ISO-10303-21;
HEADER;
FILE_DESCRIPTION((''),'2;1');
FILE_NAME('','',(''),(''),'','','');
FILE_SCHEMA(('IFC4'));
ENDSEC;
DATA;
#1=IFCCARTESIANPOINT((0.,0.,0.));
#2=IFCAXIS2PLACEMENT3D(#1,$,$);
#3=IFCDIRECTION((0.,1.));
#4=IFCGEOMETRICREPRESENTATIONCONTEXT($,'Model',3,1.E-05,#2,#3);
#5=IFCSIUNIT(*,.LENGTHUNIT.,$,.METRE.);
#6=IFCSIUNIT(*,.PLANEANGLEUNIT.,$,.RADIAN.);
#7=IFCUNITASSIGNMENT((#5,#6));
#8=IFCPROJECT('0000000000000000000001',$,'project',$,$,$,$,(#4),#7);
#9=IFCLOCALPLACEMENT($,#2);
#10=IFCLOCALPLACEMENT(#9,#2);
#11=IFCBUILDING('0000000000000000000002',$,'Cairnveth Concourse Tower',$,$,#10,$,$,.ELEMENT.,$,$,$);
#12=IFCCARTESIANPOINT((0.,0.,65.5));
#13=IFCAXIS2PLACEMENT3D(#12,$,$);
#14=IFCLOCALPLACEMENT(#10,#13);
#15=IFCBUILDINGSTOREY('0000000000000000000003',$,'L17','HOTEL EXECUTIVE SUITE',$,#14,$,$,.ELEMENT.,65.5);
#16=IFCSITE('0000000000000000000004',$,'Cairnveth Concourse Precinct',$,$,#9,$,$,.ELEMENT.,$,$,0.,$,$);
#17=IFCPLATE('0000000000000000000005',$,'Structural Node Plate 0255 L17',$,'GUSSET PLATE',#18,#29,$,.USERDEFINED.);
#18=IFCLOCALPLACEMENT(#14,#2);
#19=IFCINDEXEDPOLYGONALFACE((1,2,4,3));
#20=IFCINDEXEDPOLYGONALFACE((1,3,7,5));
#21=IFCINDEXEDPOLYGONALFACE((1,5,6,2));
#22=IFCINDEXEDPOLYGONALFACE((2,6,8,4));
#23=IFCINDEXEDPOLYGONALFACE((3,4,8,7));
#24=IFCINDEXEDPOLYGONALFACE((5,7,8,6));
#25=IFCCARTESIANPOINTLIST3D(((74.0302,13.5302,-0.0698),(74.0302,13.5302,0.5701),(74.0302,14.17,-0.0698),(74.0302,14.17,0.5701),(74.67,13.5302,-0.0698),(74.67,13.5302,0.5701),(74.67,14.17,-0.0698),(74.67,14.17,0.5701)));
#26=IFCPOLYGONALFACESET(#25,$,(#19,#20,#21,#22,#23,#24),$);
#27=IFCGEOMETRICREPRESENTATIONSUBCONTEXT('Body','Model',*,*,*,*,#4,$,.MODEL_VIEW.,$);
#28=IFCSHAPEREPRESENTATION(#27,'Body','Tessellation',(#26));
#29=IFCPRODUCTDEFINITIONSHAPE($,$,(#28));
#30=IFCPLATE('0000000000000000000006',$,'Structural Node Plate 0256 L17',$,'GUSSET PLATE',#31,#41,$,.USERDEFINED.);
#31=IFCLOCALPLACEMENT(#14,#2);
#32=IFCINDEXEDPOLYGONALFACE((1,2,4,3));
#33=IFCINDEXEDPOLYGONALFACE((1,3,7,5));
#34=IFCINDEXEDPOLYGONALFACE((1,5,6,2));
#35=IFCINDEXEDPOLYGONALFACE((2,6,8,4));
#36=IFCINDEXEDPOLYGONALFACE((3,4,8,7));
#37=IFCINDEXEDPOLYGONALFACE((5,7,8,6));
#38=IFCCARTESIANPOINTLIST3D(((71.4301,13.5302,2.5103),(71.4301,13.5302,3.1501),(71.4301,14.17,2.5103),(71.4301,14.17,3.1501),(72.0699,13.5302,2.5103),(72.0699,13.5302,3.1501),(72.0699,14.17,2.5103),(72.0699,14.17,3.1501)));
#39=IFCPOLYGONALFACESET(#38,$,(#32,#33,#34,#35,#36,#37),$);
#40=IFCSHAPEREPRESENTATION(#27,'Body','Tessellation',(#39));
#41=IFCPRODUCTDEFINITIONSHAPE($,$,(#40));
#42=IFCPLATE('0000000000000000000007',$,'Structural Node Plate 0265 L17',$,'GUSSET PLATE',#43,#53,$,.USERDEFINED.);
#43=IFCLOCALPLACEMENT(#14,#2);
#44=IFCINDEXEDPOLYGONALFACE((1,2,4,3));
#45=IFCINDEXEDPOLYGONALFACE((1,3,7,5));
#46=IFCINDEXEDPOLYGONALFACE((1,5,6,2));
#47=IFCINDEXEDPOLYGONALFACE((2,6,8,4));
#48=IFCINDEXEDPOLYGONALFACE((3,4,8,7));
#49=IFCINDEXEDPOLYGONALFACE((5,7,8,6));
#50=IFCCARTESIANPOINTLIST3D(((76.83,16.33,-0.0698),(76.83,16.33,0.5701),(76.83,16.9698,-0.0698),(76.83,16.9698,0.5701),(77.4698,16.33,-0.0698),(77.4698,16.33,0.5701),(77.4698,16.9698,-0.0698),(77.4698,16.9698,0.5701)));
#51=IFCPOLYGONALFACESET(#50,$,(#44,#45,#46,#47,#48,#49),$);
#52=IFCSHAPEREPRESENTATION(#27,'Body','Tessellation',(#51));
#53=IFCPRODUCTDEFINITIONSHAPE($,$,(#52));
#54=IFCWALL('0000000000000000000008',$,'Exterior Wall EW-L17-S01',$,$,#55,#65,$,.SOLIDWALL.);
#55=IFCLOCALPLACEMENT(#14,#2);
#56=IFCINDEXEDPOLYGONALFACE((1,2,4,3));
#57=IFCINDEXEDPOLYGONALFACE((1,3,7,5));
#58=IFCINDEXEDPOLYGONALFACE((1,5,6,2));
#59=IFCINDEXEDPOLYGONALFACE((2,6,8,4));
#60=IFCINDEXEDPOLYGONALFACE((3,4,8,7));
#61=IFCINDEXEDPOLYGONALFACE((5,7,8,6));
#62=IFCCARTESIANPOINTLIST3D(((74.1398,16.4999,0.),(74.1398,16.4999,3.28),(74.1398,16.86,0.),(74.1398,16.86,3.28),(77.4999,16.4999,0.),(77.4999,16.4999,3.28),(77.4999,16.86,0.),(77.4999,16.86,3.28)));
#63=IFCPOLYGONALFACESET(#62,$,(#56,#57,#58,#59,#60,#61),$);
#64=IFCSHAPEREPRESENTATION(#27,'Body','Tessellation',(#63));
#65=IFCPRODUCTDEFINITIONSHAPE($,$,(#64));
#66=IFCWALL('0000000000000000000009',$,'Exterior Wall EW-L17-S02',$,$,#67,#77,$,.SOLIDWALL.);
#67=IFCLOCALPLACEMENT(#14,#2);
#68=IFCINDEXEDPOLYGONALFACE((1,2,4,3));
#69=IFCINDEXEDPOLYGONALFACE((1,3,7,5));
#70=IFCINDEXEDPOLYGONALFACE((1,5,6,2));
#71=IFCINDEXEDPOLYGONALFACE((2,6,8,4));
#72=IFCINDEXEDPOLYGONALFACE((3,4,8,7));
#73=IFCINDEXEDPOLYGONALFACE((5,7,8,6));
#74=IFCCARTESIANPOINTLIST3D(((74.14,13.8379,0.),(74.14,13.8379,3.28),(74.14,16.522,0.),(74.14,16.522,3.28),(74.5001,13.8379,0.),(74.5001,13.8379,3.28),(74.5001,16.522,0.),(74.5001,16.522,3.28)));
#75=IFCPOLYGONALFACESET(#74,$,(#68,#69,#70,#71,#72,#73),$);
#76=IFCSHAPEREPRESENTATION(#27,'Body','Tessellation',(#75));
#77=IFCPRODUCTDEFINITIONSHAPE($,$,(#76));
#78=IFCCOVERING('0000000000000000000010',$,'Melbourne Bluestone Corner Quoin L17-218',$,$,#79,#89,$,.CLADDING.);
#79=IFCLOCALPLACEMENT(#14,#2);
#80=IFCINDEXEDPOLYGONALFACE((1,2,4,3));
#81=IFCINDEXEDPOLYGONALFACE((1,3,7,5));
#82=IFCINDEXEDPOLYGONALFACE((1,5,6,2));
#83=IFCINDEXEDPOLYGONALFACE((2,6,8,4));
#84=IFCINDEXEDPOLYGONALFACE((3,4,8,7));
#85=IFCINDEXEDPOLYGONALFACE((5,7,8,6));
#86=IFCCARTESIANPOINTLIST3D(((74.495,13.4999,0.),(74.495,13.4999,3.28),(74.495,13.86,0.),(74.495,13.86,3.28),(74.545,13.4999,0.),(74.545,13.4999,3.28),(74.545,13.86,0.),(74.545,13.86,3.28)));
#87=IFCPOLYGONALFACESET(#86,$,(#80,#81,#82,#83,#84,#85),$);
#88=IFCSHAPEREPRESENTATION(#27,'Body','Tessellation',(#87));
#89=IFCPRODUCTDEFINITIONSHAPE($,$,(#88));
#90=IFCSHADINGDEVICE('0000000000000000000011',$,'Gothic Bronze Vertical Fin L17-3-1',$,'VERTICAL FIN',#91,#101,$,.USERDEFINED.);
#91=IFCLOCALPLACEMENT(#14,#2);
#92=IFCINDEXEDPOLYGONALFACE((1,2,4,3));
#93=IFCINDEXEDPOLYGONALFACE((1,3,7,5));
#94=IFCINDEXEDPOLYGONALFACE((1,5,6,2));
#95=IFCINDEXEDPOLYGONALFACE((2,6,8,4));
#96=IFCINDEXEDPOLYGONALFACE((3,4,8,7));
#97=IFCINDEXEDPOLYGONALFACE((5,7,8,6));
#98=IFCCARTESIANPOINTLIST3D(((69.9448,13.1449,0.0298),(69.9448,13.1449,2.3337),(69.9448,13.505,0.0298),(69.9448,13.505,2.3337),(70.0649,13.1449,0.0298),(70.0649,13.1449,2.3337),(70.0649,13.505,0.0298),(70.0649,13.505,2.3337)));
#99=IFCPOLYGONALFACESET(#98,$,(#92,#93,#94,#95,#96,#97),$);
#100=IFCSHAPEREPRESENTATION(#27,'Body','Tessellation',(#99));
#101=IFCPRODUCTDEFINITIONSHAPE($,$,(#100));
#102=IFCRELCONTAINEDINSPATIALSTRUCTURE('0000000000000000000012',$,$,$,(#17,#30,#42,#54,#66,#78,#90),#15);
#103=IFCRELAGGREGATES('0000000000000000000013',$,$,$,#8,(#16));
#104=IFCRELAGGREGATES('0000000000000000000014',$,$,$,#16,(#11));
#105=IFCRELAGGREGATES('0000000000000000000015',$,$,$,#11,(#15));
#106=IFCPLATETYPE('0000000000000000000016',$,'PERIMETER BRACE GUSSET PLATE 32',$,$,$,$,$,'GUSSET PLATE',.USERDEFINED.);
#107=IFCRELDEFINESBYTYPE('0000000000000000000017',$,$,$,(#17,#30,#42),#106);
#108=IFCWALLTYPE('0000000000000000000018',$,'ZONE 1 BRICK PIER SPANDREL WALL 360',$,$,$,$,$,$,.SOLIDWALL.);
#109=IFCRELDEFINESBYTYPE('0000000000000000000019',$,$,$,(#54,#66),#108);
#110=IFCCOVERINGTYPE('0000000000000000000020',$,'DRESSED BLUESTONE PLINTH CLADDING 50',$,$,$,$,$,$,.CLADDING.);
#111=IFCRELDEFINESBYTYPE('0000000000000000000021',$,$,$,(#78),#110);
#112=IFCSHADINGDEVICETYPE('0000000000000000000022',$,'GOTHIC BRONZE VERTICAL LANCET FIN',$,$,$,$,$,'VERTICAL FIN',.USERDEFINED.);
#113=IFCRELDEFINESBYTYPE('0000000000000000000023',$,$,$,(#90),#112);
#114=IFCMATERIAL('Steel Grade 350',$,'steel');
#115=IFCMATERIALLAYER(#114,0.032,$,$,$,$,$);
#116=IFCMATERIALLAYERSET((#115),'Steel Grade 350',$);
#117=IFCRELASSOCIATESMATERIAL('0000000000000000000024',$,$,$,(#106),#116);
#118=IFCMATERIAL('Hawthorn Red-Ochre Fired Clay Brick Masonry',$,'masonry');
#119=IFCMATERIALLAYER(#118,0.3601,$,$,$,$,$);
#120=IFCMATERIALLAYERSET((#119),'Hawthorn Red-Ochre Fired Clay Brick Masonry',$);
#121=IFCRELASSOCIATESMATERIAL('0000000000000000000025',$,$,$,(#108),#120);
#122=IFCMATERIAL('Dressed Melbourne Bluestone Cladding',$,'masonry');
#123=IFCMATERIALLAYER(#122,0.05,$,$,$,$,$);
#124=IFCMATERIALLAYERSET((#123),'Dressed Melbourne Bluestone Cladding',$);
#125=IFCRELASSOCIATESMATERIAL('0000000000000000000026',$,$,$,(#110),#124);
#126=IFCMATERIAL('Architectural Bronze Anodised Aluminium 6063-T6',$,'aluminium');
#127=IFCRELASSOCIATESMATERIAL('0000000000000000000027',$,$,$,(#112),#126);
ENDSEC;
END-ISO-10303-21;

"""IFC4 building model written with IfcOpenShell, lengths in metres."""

from ifc_helpers import new_model, si_unit, direction, frame, frame_2d, origin, origin_2d, place, context, subcontext, project, spatial, rectangle, extrude, material, layer, layer_set, type_object, element, save


model = new_model("IFC4")

# Units and contexts
model_context = context("Model", 3, precision=1e-05, world=origin(), true_north=direction((0.0, 1.0)))
body_context = subcontext(model_context, "Body", "Model", "MODEL_VIEW")
ifc_project = project(units=[si_unit("LENGTHUNIT", "METRE"), si_unit("PLANEANGLEUNIT", "RADIAN")], contexts=[model_context])

# Site, building, storey
site_placement = place(None, origin())
site = spatial("IfcSite", under=ifc_project, at=site_placement, Name="Cairnveth Concourse Precinct", CompositionType="ELEMENT", RefElevation=0.0)
building_placement = place(site_placement, origin())
building = spatial("IfcBuilding", under=site, at=building_placement, Name="Cairnveth Concourse Tower", CompositionType="ELEMENT")
storey_placement = place(building_placement, frame((0.0, 0.0, 65.5)))
storey = spatial("IfcBuildingStorey", under=building, at=storey_placement, Name="L17", Description="HOTEL EXECUTIVE SUITE", CompositionType="ELEMENT", Elevation=65.5)

# Shared definitions
ifc_material_1 = material(Name="Steel Grade 350", Category="steel")

# Plates
ifc_layer_1 = layer(ifc_material_1, 0.032)
ifc_layer_set_1 = layer_set([ifc_layer_1], Name="Steel Grade 350")
plate_type = type_object("IfcPlateType", Name="PERIMETER BRACE GUSSET PLATE 32", ElementType="GUSSET PLATE", PredefinedType="USERDEFINED", material=ifc_layer_set_1)
for number, where, z_axis, x_axis, name in (
    (1, (74.3501, 13.8501, -0.0698), (0.0, 0.0, 1.0), (1.0, 0.0, 0.0), "Structural Node Plate 0255 L17"),
    (2, (71.75, 13.8501, 2.5103), (0.0, 0.0, 1.0), (1.0, 0.0, 0.0), "Structural Node Plate 0256 L17"),
    (3, (77.1499, 16.6499, -0.0698), (0.0, 0.0, 1.0), (1.0, 0.0, 0.0), "Structural Node Plate 0265 L17"),
):
    element("IfcPlate", number, at=place(storey_placement, frame(where, z_axis=z_axis, x_axis=x_axis)), inside=storey, type_object=plate_type, Name=name, ObjectType="GUSSET PLATE", PredefinedType="USERDEFINED", context=body_context, shape_type="SweptSolid", body=[
        extrude(rectangle(XDim=0.6399, YDim=0.6399, at=origin_2d()), origin(), (0.0, 0.0, 1.0), 0.6399),
    ])

# Walls
ifc_material_2 = material(Name="Hawthorn Red-Ochre Fired Clay Brick Masonry", Category="masonry")
ifc_layer_2 = layer(ifc_material_2, 0.3601)
ifc_layer_set_2 = layer_set([ifc_layer_2], Name="Hawthorn Red-Ochre Fired Clay Brick Masonry")
wall_type = type_object("IfcWallType", Name="ZONE 1 BRICK PIER SPANDREL WALL 360", PredefinedType="SOLIDWALL", material=ifc_layer_set_2)
wall_1_placement = place(storey_placement, frame((77.5, 16.6799, 0.0), z_axis=(0.0, 0.0, 1.0), x_axis=(-1.0, 0.0, 0.0)))
element("IfcWall", 4, at=wall_1_placement, inside=storey, type_object=wall_type, Name="Exterior Wall EW-L17-S01", PredefinedType="SOLIDWALL", context=body_context, shape_type="SweptSolid", body=[
    extrude(rectangle(XDim=3.3601, YDim=0.3601, at=frame_2d((1.6802, 0.0))), origin(), (0.0, 0.0, 1.0), 3.28),
])
wall_2_placement = place(storey_placement, frame((74.3201, 16.522, 0.0), z_axis=(0.0, 0.0, 1.0), x_axis=(0.0, -1.0, 0.0)))
element("IfcWall", 5, at=wall_2_placement, inside=storey, type_object=wall_type, Name="Exterior Wall EW-L17-S02", PredefinedType="SOLIDWALL", context=body_context, shape_type="SweptSolid", body=[
    extrude(rectangle(XDim=2.6841, YDim=0.3601, at=frame_2d((1.342, 0.0))), origin(), (0.0, 0.0, 1.0), 3.28),
])

# Covering
ifc_material_3 = material(Name="Dressed Melbourne Bluestone Cladding", Category="masonry")
ifc_layer_3 = layer(ifc_material_3, 0.05)
ifc_layer_set_3 = layer_set([ifc_layer_3], Name="Dressed Melbourne Bluestone Cladding")
covering_type = type_object("IfcCoveringType", Name="DRESSED BLUESTONE PLINTH CLADDING 50", PredefinedType="CLADDING", material=ifc_layer_set_3)
covering_placement = place(storey_placement, frame((74.52, 13.8601, 0.0), z_axis=(0.0, 0.0, 1.0), x_axis=(0.0, -1.0, 0.0)))
element("IfcCovering", 6, at=covering_placement, inside=storey, type_object=covering_type, Name="Melbourne Bluestone Corner Quoin L17-218", PredefinedType="CLADDING", context=body_context, shape_type="SweptSolid", body=[
    extrude(rectangle(XDim=0.3601, YDim=0.05, at=frame_2d((0.1802, 0.0))), origin(), (0.0, 0.0, 1.0), 3.28),
])

# Shading device
ifc_material_4 = material(Name="Architectural Bronze Anodised Aluminium 6063-T6", Category="aluminium")
shading_device_type = type_object("IfcShadingDeviceType", Name="GOTHIC BRONZE VERTICAL LANCET FIN", ElementType="VERTICAL FIN", PredefinedType="USERDEFINED", material=ifc_material_4)
shading_device_placement = place(storey_placement, frame((70.0049, 13.325, 0.0298), z_axis=(0.0, 0.0, 1.0), x_axis=(1.0, 0.0, 0.0)))
element("IfcShadingDevice", 7, at=shading_device_placement, inside=storey, type_object=shading_device_type, Name="Gothic Bronze Vertical Fin L17-3-1", ObjectType="VERTICAL FIN", PredefinedType="USERDEFINED", context=body_context, shape_type="SweptSolid", body=[
    extrude(rectangle(XDim=0.1201, YDim=0.3601, at=origin_2d()), origin(), (0.0, 0.0, 1.0), 2.304),
])

save(model, "model.ifc")
